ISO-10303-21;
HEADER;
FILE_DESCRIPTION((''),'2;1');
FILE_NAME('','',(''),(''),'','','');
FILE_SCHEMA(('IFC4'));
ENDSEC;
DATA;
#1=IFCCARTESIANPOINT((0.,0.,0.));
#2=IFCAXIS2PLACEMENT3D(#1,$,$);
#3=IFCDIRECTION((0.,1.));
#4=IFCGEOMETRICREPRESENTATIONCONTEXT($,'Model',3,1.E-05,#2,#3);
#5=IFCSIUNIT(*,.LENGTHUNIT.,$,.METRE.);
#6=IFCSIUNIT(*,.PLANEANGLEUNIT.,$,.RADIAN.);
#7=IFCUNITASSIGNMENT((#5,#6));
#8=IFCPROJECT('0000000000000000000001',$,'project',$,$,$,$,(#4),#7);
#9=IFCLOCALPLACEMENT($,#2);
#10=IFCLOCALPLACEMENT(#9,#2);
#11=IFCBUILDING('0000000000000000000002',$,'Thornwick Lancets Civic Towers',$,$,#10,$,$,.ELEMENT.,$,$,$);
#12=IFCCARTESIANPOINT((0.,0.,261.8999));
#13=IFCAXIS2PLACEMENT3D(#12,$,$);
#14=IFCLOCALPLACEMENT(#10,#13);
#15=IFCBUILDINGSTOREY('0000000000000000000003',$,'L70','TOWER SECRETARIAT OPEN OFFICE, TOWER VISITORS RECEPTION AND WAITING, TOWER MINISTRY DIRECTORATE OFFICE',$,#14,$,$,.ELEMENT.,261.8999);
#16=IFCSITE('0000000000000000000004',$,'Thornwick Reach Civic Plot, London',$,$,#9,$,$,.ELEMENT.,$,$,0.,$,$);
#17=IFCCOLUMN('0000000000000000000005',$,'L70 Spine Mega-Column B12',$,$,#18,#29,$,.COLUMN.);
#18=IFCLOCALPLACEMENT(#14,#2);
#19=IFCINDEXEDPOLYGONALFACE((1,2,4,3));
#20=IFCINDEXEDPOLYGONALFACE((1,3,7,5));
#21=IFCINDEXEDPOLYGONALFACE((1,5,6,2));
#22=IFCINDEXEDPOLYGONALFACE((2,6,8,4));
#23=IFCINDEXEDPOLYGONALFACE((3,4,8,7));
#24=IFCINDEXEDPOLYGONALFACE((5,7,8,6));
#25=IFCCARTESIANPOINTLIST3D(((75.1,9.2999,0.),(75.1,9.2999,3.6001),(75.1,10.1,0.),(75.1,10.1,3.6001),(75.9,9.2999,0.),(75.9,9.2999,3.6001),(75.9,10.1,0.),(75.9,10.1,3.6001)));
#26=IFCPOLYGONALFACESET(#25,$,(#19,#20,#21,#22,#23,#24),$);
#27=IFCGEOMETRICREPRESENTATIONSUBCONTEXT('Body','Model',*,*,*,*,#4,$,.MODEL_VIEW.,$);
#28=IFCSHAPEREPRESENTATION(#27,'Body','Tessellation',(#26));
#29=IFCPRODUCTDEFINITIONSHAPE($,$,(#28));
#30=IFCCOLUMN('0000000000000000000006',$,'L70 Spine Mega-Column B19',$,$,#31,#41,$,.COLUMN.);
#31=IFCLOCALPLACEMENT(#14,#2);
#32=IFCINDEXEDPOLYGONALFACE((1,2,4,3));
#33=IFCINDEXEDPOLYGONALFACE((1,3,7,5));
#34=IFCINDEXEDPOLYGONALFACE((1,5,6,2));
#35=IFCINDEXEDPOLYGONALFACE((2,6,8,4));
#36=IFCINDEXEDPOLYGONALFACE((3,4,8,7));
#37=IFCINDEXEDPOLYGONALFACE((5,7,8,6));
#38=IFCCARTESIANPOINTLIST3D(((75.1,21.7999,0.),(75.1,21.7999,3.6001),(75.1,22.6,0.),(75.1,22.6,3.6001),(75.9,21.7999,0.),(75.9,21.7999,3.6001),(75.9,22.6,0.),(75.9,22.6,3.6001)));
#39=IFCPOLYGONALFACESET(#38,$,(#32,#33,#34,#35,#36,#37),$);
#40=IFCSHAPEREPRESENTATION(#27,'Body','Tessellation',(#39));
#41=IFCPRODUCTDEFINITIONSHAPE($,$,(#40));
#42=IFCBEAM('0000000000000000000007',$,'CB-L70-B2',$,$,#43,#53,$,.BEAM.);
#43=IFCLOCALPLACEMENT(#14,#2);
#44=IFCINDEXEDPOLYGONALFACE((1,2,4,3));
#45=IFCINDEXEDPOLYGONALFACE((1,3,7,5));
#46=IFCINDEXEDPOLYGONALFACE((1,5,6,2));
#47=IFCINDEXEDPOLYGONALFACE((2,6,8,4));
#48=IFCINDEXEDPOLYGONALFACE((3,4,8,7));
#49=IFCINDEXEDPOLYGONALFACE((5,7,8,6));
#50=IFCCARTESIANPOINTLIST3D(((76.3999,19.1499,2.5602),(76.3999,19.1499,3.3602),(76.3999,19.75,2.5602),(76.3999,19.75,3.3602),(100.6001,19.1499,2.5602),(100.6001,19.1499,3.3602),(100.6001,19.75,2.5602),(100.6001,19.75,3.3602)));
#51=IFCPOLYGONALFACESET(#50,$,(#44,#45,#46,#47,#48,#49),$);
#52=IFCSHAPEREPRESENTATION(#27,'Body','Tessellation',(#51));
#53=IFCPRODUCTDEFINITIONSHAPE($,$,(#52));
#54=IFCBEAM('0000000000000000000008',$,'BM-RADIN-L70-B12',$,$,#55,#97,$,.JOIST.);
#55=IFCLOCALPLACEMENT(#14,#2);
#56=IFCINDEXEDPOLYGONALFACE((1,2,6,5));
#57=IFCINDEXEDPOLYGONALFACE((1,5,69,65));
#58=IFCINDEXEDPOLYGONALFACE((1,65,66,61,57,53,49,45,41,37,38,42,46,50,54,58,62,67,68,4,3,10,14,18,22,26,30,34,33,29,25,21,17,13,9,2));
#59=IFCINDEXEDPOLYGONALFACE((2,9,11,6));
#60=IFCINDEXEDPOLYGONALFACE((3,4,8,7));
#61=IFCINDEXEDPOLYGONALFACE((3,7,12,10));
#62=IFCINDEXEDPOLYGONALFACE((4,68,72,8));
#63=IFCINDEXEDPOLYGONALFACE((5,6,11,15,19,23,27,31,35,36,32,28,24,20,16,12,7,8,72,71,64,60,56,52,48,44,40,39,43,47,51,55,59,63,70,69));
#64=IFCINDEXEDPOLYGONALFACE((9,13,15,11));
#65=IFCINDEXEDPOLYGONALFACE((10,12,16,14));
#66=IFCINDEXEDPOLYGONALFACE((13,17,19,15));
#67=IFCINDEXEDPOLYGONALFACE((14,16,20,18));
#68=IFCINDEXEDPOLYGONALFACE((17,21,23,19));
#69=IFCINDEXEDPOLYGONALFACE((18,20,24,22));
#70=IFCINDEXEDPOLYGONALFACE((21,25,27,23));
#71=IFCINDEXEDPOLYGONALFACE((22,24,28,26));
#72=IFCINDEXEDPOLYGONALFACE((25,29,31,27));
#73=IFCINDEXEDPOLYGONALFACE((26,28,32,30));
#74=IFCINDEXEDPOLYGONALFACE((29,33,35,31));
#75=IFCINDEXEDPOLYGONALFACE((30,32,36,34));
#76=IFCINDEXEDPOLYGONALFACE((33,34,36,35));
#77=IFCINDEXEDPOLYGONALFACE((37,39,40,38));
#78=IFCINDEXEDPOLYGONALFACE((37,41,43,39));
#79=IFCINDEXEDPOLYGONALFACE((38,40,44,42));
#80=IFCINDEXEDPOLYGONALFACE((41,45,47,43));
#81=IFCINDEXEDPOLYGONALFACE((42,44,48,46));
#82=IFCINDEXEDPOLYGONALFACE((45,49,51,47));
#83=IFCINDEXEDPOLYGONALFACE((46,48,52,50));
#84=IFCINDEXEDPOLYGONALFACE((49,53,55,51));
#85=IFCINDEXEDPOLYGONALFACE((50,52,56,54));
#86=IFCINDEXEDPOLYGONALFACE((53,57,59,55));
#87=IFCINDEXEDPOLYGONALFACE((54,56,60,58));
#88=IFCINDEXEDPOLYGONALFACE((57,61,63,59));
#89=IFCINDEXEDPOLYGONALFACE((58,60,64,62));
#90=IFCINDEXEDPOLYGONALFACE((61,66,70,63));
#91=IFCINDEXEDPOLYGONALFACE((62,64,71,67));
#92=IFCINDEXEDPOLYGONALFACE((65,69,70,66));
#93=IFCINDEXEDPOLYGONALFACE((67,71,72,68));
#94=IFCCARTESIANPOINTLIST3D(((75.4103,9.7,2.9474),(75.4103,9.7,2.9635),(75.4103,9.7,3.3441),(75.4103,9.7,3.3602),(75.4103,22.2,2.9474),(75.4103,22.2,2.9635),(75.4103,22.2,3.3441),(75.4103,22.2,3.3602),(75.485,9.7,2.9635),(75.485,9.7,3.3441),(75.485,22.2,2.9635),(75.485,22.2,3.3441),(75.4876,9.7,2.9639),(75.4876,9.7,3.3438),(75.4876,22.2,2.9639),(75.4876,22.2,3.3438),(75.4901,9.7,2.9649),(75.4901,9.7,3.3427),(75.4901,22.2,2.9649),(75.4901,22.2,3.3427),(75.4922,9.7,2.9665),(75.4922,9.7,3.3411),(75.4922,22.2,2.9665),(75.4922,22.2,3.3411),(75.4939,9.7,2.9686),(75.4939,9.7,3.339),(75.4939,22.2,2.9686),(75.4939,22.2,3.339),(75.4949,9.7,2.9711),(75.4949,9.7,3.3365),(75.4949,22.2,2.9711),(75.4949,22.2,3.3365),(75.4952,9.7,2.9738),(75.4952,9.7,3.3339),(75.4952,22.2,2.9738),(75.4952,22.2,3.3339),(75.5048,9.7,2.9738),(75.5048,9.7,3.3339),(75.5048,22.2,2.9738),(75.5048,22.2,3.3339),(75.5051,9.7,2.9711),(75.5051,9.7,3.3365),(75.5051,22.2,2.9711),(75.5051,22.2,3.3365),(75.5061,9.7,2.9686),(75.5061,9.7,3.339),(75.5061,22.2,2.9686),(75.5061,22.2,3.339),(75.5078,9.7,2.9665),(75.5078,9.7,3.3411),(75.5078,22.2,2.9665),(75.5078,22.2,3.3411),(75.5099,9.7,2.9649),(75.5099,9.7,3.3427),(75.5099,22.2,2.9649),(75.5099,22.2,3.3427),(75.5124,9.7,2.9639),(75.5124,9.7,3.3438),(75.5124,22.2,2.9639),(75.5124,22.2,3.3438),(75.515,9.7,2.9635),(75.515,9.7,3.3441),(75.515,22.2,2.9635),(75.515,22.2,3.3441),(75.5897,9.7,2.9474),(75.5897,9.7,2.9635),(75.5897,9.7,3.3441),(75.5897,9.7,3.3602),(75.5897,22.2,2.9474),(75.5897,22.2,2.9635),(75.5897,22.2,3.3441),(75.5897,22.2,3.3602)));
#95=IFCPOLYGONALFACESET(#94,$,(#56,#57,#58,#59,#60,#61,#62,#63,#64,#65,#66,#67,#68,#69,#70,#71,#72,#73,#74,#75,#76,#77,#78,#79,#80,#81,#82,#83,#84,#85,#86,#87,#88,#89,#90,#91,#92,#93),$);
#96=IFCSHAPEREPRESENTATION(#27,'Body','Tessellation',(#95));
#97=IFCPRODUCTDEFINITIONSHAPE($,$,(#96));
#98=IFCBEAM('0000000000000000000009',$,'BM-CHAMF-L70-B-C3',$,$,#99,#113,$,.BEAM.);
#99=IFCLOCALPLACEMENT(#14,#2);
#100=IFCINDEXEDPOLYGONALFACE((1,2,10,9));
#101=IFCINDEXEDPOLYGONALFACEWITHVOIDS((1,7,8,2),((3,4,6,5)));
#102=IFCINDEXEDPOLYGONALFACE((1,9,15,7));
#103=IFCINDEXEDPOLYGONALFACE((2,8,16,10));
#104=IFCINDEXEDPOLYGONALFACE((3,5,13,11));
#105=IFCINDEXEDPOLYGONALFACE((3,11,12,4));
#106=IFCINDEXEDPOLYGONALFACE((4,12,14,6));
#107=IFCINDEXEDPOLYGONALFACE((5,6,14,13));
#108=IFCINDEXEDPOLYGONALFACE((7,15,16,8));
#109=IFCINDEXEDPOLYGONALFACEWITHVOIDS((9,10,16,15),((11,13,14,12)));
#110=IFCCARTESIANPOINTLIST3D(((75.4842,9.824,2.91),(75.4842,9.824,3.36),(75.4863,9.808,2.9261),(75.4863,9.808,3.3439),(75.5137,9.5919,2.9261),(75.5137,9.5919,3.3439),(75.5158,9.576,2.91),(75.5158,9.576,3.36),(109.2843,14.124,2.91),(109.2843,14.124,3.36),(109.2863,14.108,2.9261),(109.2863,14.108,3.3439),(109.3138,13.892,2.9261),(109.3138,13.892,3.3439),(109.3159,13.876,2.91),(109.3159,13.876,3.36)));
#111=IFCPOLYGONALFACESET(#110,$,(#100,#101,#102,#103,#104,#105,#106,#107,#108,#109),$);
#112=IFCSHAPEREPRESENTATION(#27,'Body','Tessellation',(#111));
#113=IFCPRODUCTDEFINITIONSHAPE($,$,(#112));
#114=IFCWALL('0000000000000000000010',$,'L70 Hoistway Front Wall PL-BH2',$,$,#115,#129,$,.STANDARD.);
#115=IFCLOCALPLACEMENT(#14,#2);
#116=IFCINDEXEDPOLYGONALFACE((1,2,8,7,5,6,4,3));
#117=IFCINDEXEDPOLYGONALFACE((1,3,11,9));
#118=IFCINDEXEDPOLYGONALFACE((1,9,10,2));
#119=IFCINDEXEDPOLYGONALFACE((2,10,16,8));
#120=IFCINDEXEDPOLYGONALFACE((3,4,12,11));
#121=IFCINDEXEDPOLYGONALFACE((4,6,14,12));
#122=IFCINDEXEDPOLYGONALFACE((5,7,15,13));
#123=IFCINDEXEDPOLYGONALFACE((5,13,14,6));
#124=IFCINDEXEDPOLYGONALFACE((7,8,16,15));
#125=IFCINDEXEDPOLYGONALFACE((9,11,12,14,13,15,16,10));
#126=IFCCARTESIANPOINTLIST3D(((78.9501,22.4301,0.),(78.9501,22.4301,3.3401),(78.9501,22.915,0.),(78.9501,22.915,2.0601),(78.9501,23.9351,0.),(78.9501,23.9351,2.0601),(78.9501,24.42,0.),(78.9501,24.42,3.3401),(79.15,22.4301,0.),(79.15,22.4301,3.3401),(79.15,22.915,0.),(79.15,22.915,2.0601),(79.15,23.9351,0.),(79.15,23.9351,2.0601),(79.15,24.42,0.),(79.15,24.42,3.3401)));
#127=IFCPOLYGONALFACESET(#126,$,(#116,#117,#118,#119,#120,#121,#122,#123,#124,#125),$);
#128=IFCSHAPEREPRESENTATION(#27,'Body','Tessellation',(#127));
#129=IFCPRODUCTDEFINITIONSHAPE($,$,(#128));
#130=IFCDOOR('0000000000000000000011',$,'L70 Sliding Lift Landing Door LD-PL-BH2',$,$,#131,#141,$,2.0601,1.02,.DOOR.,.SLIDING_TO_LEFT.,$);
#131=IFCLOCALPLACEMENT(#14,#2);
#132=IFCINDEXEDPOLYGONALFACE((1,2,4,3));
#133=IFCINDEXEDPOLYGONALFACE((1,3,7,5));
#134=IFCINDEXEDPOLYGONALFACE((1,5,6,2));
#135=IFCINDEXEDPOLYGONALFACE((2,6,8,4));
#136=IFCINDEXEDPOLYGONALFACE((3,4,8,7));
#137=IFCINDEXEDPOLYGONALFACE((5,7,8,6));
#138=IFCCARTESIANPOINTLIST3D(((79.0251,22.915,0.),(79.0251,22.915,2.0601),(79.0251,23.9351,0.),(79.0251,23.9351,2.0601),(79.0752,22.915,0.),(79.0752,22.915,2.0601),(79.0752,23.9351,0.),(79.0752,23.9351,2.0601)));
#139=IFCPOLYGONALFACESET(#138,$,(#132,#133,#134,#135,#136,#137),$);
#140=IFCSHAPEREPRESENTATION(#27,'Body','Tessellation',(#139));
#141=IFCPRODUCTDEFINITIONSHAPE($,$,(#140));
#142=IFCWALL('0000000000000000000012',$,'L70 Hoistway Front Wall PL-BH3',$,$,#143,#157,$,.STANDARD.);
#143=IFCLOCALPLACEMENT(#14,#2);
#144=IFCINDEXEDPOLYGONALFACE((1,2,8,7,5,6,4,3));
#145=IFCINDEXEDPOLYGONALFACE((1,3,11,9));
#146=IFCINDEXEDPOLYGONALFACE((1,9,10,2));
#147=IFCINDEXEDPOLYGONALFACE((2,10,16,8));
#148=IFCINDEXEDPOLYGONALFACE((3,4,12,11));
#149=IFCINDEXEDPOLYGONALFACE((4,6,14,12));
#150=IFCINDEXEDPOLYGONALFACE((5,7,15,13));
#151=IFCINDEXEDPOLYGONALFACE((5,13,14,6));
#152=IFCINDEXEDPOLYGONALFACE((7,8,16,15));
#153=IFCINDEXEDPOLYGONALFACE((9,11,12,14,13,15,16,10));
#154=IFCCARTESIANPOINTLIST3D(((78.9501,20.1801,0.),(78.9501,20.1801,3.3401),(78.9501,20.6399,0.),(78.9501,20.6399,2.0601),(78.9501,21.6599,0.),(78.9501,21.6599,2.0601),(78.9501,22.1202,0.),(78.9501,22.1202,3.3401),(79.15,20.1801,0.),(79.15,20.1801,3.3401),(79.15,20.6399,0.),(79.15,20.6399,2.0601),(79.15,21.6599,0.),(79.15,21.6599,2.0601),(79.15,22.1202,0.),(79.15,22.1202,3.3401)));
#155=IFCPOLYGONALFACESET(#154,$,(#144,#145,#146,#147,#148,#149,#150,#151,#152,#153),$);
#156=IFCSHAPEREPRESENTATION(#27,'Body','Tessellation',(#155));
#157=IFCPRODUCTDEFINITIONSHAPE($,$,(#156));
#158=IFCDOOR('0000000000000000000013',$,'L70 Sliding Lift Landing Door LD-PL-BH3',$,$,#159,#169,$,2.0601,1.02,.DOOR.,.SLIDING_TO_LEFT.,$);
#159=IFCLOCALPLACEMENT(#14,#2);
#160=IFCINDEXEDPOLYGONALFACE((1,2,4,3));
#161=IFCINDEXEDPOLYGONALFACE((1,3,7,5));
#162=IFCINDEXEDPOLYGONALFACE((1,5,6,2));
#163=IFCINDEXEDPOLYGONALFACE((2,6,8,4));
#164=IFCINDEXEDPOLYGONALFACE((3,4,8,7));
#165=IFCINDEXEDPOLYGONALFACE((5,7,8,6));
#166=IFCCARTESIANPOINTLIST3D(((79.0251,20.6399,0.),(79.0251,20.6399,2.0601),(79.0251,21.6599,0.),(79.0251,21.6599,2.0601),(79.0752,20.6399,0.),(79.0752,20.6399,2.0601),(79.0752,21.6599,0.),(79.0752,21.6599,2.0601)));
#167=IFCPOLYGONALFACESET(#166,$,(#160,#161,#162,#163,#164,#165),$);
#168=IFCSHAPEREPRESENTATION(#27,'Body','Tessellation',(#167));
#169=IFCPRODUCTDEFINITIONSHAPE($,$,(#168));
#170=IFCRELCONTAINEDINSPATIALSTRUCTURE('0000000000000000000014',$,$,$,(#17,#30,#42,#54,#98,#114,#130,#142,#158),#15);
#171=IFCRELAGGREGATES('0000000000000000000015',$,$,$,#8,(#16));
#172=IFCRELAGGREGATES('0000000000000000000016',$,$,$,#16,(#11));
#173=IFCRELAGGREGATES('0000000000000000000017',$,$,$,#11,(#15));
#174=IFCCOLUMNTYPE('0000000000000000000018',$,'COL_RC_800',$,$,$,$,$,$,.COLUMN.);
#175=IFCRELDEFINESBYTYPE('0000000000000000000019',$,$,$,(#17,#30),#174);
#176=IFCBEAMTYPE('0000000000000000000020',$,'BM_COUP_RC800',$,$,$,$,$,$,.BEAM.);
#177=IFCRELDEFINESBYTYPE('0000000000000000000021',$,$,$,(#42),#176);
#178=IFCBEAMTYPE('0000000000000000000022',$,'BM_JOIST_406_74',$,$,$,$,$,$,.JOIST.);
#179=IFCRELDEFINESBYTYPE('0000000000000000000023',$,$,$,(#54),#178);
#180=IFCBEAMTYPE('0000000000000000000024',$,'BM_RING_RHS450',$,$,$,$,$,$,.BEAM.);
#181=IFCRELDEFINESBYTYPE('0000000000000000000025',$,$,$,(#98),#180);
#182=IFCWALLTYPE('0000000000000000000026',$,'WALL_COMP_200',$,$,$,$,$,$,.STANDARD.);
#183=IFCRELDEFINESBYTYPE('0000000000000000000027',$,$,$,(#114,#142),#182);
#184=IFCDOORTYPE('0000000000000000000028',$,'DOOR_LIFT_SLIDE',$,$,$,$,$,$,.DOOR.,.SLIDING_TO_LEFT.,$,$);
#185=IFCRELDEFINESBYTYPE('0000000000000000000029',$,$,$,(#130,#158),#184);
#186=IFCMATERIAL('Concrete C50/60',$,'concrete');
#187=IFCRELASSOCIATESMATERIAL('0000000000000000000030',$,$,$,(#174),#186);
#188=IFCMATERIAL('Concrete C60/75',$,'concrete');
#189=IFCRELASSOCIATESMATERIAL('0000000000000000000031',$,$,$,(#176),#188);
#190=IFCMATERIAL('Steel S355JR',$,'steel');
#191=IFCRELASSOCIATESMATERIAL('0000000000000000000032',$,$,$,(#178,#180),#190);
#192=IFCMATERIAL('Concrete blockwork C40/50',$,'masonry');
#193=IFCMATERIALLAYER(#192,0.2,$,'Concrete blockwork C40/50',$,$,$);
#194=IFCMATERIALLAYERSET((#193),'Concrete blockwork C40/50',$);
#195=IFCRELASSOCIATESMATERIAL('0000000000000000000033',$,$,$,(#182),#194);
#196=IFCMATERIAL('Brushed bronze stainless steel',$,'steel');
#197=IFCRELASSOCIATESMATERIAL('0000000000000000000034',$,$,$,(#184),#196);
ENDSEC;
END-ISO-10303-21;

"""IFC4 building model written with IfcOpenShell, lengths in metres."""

from ifc_helpers import new_model, si_unit, direction, frame, frame_2d, origin, origin_2d, place, context, subcontext, project, spatial, rectangle, hollow_rectangle, i_section, extrude, material, layer, layer_set, material_profile, profile_set, type_object, element, fill, save


model = new_model("IFC4")

# Units and contexts
model_context = context("Model", 3, precision=1e-05, world=origin(), true_north=direction((0.0, 1.0)))
body_context = subcontext(model_context, "Body", "Model", "MODEL_VIEW")
ifc_project = project(units=[si_unit("LENGTHUNIT", "METRE"), si_unit("PLANEANGLEUNIT", "RADIAN")], contexts=[model_context])

# Site, building, storey
site_placement = place(None, origin())
site = spatial("IfcSite", under=ifc_project, at=site_placement, Name="Thornwick Reach Civic Plot, London", CompositionType="ELEMENT", RefElevation=0.0)
building_placement = place(site_placement, origin())
building = spatial("IfcBuilding", under=site, at=building_placement, Name="Thornwick Lancets Civic Towers", CompositionType="ELEMENT")
storey_placement = place(building_placement, frame((0.0, 0.0, 261.8999)))
storey = spatial("IfcBuildingStorey", under=building, at=storey_placement, Name="L70", Description="TOWER SECRETARIAT OPEN OFFICE, TOWER VISITORS RECEPTION AND WAITING, TOWER MINISTRY DIRECTORATE OFFICE", CompositionType="ELEMENT", Elevation=261.8999)

# Columns
ifc_material_1 = material(Name="Concrete C50/60", Category="concrete")
ifc_material_profile_1 = material_profile(ifc_material_1, rectangle(XDim=0.8, YDim=0.8, at=origin_2d()), Name="RC 800x800")
ifc_profile_set_1 = profile_set([ifc_material_profile_1], Name="Concrete C50/60")
column_type = type_object("IfcColumnType", Name="COL_RC_800", PredefinedType="COLUMN", material=ifc_profile_set_1)
for number, where, z_axis, x_axis, name in (
    (1, (75.5, 9.7, 0.0), (0.0, 0.0, 1.0), (1.0, 0.0, 0.0), "L70 Spine Mega-Column B12"),
    (2, (75.5, 22.2, 0.0), (0.0, 0.0, 1.0), (1.0, 0.0, 0.0), "L70 Spine Mega-Column B19"),
):
    element("IfcColumn", number, at=place(storey_placement, frame(where, z_axis=z_axis, x_axis=x_axis)), inside=storey, type_object=column_type, Name=name, PredefinedType="COLUMN", context=body_context, shape_type="SweptSolid", body=[
        extrude(rectangle(XDim=0.8, YDim=0.8, at=origin_2d()), origin(), (0.0, 0.0, 1.0), 3.6001),
    ])

# Beams
ifc_material_2 = material(Name="Concrete C60/75", Category="concrete")
ifc_material_profile_2 = material_profile(ifc_material_2, rectangle(XDim=0.6001, YDim=0.8, at=origin_2d()), Name="RC 600x800")
ifc_profile_set_2 = profile_set([ifc_material_profile_2], Name="Concrete C60/75")
beam_type_1 = type_object("IfcBeamType", Name="BM_COUP_RC800", PredefinedType="BEAM", material=ifc_profile_set_2)
beam_1_placement = place(storey_placement, frame((76.3999, 19.45, 2.9602), z_axis=(1.0, 0.0, 0.0), x_axis=(0.0, 1.0, 0.0)))
element("IfcBeam", 3, at=beam_1_placement, inside=storey, type_object=beam_type_1, Name="CB-L70-B2", PredefinedType="BEAM", context=body_context, shape_type="SweptSolid", body=[
    extrude(rectangle(XDim=0.6001, YDim=0.8, at=origin_2d()), origin(), (0.0, 0.0, 1.0), 24.2002),
])
ifc_material_3 = material(Name="Steel S355JR", Category="steel")
ifc_material_profile_3 = material_profile(ifc_material_3, i_section(OverallWidth=0.1794, OverallDepth=0.4128, WebThickness=0.0095, FlangeThickness=0.0161, FilletRadius=0.0103, at=origin_2d()), Name="UKB 406x178x74")
ifc_profile_set_3 = profile_set([ifc_material_profile_3], Name="Steel S355JR")
beam_type_2 = type_object("IfcBeamType", Name="BM_JOIST_406_74", PredefinedType="JOIST", material=ifc_profile_set_3)
beam_2_placement = place(storey_placement, frame((75.5, 22.2, 3.1538), z_axis=(0.0, -1.0, 0.0), x_axis=(1.0, 0.0, 0.0)))
element("IfcBeam", 4, at=beam_2_placement, inside=storey, type_object=beam_type_2, Name="BM-RADIN-L70-B12", PredefinedType="JOIST", context=body_context, shape_type="SweptSolid", body=[
    extrude(i_section(OverallWidth=0.1794, OverallDepth=0.4128, WebThickness=0.0095, FlangeThickness=0.0161, FilletRadius=0.0103, at=origin_2d()), origin(), (0.0, 0.0, 1.0), 12.5),
])
ifc_material_profile_4 = material_profile(ifc_material_3, hollow_rectangle(XDim=0.25, YDim=0.45, WallThickness=0.0161, at=origin_2d()), Name="RHS 450x250x16")
ifc_profile_set_4 = profile_set([ifc_material_profile_4], Name="Steel S355JR")
beam_type_3 = type_object("IfcBeamType", Name="BM_RING_RHS450", PredefinedType="BEAM", material=ifc_profile_set_4)
beam_3_placement = place(storey_placement, frame((75.5, 9.7, 3.135), z_axis=(0.992004, 0.126203, 0.0), x_axis=(-0.126203, 0.992004, 0.0)))
element("IfcBeam", 5, at=beam_3_placement, inside=storey, type_object=beam_type_3, Name="BM-CHAMF-L70-B-C3", PredefinedType="BEAM", context=body_context, shape_type="SweptSolid", body=[
    extrude(hollow_rectangle(XDim=0.25, YDim=0.45, WallThickness=0.0161, at=origin_2d()), origin(), (0.0, 0.0, 1.0), 34.0725),
])

# Walls, openings, doors
ifc_material_4 = material(Name="Concrete blockwork C40/50", Category="masonry")
ifc_layer_1 = layer(ifc_material_4, 0.2, Name="Concrete blockwork C40/50")
ifc_layer_set_1 = layer_set([ifc_layer_1], Name="Concrete blockwork C40/50")
wall_type_1 = type_object("IfcWallType", Name="WALL_COMP_200", PredefinedType="STANDARD", material=ifc_layer_set_1)
wall_1_placement = place(storey_placement, frame((79.05, 22.4299, 0.0), z_axis=(0.0, 0.0, 1.0), x_axis=(0.0, 1.0, 0.0)))
wall_1 = element("IfcWall", 6, at=wall_1_placement, inside=storey, type_object=wall_type_1, Name="L70 Hoistway Front Wall PL-BH2", PredefinedType="STANDARD", context=body_context, shape_type="SweptSolid", body=[
    extrude(rectangle(XDim=1.99, YDim=0.2, at=frame_2d((0.9951, 0.0))), origin(), (0.0, 0.0, 1.0), 3.3401),
])
opening_1_placement = place(wall_1_placement, frame((0.4851, 0.0, 0.0)))
opening_1 = element("IfcOpeningElement", 7, at=opening_1_placement, cuts=wall_1, PredefinedType="OPENING", context=body_context, shape_type="SweptSolid", body=[
    extrude(rectangle(XDim=1.02, YDim=2.0601, at=frame_2d((0.51, 1.03))), frame((0.0, 0.1099, 0.0), z_axis=(0.0, -1.0, 0.0), x_axis=(1.0, 0.0, 0.0)), (0.0, 0.0, 1.0), 0.22),
])
ifc_material_5 = material(Name="Brushed bronze stainless steel", Category="steel")
door_type = type_object("IfcDoorType", Name="DOOR_LIFT_SLIDE", OperationType="SLIDING_TO_LEFT", PredefinedType="DOOR", material=ifc_material_5)
door_1_placement = place(opening_1_placement, origin())
door_1 = element("IfcDoor", 8, at=door_1_placement, inside=storey, type_object=door_type, Name="L70 Sliding Lift Landing Door LD-PL-BH2", OperationType="SLIDING_TO_LEFT", OverallHeight=2.0601, OverallWidth=1.02, PredefinedType="DOOR", context=body_context, shape_type="SweptSolid", body=[
    extrude(rectangle(XDim=1.02, YDim=2.0601, at=frame_2d((0.51, 1.03))), frame((0.0, 0.0249, 0.0), z_axis=(0.0, -1.0, 0.0), x_axis=(1.0, 0.0, 0.0)), (0.0, 0.0, 1.0), 0.05),
])
fill(opening_1, door_1)
wall_2_placement = place(storey_placement, frame((79.05, 20.1799, 0.0), z_axis=(0.0, 0.0, 1.0), x_axis=(0.0, 1.0, 0.0)))
wall_2 = element("IfcWall", 9, at=wall_2_placement, inside=storey, type_object=wall_type_1, Name="L70 Hoistway Front Wall PL-BH3", PredefinedType="STANDARD", context=body_context, shape_type="SweptSolid", body=[
    extrude(rectangle(XDim=1.9402, YDim=0.2, at=frame_2d((0.9702, 0.0))), origin(), (0.0, 0.0, 1.0), 3.3401),
])
opening_2_placement = place(wall_2_placement, frame((0.46, 0.0, 0.0)))
opening_2 = element("IfcOpeningElement", 10, at=opening_2_placement, cuts=wall_2, PredefinedType="OPENING", context=body_context, shape_type="SweptSolid", body=[
    extrude(rectangle(XDim=1.02, YDim=2.0601, at=frame_2d((0.51, 1.03))), frame((0.0, 0.1099, 0.0), z_axis=(0.0, -1.0, 0.0), x_axis=(1.0, 0.0, 0.0)), (0.0, 0.0, 1.0), 0.22),
])
door_2_placement = place(opening_2_placement, origin())
door_2 = element("IfcDoor", 11, at=door_2_placement, inside=storey, type_object=door_type, Name="L70 Sliding Lift Landing Door LD-PL-BH3", OperationType="SLIDING_TO_LEFT", OverallHeight=2.0601, OverallWidth=1.02, PredefinedType="DOOR", context=body_context, shape_type="SweptSolid", body=[
    extrude(rectangle(XDim=1.02, YDim=2.0601, at=frame_2d((0.51, 1.03))), frame((0.0, 0.0249, 0.0), z_axis=(0.0, -1.0, 0.0), x_axis=(1.0, 0.0, 0.0)), (0.0, 0.0, 1.0), 0.05),
])
fill(opening_2, door_2)

save(model, "model.ifc")
